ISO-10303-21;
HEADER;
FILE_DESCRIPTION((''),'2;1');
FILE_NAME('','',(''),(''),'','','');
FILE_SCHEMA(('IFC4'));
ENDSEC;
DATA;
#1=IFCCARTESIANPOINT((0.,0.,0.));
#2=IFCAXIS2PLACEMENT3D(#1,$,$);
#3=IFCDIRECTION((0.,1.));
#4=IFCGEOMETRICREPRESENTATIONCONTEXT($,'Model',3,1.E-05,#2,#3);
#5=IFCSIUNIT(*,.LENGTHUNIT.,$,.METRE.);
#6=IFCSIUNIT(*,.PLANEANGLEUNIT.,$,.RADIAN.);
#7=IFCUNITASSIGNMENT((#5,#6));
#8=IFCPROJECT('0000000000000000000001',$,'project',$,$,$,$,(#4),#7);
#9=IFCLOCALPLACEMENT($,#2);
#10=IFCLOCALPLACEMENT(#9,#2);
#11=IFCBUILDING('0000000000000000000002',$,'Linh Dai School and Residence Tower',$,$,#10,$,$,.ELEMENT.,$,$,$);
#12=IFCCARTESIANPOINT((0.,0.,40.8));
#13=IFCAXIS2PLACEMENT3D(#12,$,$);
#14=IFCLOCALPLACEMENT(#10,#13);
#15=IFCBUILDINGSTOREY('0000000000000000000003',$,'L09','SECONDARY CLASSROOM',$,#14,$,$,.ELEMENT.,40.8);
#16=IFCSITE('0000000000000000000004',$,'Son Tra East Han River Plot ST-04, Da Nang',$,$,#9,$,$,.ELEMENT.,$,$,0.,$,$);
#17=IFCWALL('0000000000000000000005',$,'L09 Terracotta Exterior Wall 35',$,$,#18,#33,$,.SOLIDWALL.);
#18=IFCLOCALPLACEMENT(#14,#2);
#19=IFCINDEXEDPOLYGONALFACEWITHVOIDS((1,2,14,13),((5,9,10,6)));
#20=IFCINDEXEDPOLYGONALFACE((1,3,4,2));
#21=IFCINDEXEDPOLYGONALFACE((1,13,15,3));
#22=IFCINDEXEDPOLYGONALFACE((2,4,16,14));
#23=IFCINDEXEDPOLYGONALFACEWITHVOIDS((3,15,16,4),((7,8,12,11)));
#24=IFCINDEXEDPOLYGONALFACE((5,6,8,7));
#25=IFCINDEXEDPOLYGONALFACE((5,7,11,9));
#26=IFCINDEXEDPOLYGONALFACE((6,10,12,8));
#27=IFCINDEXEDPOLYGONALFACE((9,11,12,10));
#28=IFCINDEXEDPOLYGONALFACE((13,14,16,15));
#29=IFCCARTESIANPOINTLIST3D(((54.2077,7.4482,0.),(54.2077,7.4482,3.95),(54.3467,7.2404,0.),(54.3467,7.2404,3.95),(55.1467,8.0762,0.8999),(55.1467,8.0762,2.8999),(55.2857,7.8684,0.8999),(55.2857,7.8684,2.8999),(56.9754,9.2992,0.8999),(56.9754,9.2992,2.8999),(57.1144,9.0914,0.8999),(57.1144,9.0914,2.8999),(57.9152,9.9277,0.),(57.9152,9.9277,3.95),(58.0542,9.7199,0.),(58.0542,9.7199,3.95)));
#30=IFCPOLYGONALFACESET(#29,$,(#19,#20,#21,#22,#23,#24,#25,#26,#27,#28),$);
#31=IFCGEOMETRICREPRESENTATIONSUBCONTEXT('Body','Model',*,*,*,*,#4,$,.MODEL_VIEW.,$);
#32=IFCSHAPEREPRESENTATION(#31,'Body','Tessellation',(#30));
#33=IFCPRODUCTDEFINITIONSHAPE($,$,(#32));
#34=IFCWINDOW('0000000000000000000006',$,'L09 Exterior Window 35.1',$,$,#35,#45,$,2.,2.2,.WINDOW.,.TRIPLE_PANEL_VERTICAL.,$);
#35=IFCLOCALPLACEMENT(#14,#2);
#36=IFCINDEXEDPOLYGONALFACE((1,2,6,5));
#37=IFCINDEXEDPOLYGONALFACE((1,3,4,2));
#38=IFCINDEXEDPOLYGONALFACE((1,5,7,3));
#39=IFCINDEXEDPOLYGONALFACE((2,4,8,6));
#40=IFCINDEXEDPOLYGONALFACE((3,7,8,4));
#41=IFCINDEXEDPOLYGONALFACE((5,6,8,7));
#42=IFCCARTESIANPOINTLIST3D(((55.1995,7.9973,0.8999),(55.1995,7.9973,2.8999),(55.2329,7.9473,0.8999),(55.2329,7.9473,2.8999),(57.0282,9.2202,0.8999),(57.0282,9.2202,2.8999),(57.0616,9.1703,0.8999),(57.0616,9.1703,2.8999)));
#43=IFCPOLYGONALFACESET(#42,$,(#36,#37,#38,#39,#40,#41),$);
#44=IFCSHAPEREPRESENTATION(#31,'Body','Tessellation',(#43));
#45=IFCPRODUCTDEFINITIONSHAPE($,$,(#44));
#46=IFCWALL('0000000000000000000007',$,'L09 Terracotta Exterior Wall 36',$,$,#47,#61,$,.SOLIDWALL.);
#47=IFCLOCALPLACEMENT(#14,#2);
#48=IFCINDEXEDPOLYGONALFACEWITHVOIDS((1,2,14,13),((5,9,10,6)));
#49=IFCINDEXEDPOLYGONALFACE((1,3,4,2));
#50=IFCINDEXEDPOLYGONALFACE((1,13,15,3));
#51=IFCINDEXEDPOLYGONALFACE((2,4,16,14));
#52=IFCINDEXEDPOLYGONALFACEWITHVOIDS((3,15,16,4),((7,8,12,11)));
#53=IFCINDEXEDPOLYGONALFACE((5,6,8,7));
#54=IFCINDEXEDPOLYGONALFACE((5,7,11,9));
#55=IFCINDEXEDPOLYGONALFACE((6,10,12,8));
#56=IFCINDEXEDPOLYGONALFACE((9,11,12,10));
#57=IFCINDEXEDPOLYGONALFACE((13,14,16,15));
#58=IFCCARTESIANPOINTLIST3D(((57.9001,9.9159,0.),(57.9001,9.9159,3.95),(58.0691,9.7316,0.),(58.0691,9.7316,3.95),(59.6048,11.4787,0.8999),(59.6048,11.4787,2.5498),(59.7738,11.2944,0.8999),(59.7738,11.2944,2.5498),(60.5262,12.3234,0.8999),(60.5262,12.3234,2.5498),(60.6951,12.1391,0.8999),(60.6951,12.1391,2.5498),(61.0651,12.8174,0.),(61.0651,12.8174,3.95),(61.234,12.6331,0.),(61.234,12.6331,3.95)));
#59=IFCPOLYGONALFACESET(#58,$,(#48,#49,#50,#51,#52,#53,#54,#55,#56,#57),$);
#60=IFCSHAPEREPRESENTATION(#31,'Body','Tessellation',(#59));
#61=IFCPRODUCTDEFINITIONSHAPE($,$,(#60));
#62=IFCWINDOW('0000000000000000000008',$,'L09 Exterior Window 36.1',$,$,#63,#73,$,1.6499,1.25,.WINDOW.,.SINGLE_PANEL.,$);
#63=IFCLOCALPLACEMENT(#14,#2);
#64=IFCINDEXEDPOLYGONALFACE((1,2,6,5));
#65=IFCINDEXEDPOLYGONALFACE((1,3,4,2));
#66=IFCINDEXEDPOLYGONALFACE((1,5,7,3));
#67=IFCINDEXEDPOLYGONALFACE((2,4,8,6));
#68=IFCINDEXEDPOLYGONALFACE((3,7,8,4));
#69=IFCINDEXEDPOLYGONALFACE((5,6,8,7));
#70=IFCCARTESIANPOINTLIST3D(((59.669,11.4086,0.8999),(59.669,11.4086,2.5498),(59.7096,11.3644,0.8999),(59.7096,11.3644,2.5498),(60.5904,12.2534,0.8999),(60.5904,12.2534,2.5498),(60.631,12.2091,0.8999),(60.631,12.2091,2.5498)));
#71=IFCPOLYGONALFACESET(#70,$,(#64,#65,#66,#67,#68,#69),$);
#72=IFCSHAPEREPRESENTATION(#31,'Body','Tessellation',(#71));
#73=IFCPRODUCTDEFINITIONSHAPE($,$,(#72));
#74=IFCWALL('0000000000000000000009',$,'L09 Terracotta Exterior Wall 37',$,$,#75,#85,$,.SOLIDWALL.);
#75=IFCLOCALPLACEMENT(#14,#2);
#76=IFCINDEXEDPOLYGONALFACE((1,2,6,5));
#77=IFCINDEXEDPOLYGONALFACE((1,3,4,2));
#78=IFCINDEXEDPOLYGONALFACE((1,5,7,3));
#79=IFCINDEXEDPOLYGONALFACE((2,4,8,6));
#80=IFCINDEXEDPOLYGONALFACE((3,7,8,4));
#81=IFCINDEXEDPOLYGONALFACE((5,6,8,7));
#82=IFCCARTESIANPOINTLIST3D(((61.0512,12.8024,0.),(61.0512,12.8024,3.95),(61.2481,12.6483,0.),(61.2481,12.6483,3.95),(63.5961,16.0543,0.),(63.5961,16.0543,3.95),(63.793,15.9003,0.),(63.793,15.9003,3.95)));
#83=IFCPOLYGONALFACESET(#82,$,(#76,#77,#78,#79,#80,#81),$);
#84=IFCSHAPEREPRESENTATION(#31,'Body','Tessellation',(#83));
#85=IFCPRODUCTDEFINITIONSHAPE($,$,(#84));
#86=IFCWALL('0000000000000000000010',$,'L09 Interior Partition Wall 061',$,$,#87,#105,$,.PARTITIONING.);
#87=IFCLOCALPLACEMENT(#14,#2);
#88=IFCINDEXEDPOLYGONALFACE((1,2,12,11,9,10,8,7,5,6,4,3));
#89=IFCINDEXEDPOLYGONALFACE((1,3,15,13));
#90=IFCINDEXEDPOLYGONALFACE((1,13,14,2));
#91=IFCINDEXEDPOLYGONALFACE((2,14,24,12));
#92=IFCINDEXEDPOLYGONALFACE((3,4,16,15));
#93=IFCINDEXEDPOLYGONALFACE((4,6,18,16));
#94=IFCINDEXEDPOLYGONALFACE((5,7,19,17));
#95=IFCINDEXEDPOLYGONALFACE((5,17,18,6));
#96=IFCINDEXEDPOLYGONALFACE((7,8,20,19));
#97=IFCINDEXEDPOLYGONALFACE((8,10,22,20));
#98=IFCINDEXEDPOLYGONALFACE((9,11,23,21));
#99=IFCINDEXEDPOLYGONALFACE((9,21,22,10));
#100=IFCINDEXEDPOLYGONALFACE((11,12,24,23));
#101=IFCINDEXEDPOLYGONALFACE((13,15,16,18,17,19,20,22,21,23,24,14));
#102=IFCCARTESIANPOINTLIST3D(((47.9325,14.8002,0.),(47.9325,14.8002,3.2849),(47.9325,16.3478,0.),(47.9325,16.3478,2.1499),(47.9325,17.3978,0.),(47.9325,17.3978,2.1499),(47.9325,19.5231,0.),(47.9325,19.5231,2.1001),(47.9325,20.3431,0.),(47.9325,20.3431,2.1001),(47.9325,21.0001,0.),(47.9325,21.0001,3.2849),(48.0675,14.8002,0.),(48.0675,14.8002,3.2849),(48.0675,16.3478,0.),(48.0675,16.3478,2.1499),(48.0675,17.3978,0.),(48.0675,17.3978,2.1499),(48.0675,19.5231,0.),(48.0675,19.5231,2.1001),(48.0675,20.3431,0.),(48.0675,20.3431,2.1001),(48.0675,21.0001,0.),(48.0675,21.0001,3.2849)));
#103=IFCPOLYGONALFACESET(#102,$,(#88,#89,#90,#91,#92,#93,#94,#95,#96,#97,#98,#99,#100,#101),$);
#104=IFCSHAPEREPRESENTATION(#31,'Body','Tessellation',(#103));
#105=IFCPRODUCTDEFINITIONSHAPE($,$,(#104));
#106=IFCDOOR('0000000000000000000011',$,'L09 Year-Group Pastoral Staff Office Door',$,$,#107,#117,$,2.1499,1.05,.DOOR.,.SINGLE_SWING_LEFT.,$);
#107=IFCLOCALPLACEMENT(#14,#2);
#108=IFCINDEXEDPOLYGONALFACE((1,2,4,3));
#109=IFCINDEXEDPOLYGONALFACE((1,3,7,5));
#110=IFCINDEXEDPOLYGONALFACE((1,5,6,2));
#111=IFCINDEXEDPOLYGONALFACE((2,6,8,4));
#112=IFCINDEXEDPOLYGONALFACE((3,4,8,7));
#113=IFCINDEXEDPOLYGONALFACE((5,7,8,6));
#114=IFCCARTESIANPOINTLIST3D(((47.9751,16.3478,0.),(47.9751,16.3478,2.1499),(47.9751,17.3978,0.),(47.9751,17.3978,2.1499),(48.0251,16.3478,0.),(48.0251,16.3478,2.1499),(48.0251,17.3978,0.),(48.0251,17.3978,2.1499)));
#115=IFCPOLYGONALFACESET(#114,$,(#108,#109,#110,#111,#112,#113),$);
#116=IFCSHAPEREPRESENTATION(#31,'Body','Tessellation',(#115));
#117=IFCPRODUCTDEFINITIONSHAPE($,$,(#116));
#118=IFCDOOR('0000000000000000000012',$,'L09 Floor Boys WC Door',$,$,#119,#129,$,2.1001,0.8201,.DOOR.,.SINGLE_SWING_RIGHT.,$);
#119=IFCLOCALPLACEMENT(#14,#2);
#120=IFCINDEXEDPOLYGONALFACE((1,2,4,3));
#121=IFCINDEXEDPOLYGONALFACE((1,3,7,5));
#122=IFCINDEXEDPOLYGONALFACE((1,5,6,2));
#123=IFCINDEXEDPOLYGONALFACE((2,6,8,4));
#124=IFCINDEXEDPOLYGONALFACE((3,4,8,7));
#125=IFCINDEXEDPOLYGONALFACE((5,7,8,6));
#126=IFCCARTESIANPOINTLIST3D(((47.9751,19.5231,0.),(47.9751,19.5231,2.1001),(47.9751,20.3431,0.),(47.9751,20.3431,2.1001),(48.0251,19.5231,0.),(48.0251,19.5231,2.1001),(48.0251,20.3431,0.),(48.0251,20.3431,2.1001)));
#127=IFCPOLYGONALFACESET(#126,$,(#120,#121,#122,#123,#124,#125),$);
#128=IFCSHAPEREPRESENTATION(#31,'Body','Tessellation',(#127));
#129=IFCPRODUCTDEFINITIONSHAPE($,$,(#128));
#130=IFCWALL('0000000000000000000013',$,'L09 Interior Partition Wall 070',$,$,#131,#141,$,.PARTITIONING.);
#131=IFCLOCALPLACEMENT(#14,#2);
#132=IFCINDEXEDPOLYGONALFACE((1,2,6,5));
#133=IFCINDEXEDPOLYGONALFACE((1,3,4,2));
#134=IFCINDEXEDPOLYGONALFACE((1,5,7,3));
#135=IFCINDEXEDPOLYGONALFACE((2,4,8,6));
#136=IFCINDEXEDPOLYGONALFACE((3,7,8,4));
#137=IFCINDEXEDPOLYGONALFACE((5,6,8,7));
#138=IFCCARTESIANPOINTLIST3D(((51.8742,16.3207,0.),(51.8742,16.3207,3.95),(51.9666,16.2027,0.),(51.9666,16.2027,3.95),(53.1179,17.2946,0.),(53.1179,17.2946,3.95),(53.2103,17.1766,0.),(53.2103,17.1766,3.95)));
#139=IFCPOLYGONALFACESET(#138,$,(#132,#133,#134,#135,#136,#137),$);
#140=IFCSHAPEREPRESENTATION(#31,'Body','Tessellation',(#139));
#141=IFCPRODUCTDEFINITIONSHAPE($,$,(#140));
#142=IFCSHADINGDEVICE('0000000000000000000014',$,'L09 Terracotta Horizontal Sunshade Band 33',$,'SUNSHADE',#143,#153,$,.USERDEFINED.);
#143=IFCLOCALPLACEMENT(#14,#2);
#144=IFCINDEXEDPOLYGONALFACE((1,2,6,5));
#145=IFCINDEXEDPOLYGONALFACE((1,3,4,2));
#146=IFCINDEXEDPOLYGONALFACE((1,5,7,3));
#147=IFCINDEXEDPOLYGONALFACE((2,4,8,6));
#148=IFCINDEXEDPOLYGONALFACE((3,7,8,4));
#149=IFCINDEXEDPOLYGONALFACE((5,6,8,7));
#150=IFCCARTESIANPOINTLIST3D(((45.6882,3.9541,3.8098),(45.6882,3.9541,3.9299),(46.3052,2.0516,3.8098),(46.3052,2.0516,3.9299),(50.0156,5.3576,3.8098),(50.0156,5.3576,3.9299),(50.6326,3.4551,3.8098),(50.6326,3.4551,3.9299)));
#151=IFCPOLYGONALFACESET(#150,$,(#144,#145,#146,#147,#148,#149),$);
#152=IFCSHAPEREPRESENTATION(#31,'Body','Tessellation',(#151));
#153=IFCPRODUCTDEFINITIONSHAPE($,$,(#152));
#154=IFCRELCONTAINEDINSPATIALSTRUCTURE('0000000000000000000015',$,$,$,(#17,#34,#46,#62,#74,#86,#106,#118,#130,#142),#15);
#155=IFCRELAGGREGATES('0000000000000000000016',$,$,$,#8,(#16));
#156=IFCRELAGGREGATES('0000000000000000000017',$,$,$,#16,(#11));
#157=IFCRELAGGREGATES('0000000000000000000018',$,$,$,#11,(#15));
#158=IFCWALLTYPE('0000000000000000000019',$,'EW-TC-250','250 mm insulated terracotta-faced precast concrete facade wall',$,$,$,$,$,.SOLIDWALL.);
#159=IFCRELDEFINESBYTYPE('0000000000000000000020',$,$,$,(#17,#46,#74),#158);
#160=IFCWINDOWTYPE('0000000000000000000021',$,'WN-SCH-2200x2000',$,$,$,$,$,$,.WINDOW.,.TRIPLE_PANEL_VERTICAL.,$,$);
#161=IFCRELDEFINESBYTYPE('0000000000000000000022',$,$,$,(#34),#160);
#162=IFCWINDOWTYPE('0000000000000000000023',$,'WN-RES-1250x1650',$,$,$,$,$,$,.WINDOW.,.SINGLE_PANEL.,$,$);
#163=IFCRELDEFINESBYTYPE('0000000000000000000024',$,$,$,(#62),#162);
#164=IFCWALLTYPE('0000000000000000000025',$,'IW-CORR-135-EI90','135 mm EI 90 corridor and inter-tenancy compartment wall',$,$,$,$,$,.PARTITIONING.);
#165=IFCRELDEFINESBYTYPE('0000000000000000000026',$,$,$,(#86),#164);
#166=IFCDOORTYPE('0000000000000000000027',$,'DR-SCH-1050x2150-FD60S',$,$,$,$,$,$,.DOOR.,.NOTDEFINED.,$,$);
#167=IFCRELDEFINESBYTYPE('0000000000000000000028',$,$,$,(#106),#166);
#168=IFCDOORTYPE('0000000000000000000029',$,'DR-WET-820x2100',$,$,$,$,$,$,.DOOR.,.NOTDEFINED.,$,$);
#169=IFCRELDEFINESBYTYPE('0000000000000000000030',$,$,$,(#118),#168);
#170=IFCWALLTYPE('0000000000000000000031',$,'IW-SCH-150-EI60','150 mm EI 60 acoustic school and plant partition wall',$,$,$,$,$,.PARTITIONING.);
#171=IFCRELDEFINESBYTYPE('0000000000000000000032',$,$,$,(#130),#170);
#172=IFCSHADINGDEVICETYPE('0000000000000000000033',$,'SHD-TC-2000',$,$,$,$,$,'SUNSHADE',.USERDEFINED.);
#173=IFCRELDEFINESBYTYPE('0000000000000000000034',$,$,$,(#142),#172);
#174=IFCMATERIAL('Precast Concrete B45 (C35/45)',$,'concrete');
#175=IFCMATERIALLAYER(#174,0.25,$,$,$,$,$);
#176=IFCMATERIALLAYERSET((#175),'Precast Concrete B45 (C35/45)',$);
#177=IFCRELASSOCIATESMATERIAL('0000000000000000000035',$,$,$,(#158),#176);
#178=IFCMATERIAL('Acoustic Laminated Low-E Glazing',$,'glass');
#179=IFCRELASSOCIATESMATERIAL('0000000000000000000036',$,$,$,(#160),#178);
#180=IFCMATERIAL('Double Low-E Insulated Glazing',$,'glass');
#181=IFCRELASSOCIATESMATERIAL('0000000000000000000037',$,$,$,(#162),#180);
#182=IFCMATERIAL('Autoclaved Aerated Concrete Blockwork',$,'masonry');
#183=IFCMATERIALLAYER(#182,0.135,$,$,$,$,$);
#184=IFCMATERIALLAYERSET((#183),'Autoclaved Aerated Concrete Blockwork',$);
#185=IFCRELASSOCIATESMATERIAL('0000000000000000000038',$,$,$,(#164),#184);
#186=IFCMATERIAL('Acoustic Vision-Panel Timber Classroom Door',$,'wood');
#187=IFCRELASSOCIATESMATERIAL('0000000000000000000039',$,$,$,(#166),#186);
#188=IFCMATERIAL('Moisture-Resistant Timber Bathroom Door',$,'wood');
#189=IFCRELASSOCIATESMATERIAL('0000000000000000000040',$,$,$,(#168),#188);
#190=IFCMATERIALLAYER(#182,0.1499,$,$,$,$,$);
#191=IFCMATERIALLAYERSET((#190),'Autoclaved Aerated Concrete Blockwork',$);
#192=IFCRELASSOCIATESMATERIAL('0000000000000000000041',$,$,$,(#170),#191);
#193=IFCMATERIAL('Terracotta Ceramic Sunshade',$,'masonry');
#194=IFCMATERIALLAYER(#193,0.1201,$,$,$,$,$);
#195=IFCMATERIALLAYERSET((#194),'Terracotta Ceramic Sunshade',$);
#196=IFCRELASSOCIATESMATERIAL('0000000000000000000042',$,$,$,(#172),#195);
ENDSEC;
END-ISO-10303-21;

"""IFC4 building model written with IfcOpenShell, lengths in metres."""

from ifc_helpers import new_model, si_unit, direction, frame, frame_2d, origin, origin_2d, place, context, subcontext, project, spatial, rectangle, extrude, source, transform, mapped, material, layer, layer_set, type_object, element, fill, save


model = new_model("IFC4")

# Units and contexts
model_context = context("Model", 3, precision=1e-05, world=origin(), true_north=direction((0.0, 1.0)))
body_context = subcontext(model_context, "Body", "Model", "MODEL_VIEW")
ifc_project = project(units=[si_unit("LENGTHUNIT", "METRE"), si_unit("PLANEANGLEUNIT", "RADIAN")], contexts=[model_context])

# Site, building, storey
site_placement = place(None, origin())
site = spatial("IfcSite", under=ifc_project, at=site_placement, Name="Son Tra East Han River Plot ST-04, Da Nang", CompositionType="ELEMENT", RefElevation=0.0)
building_placement = place(site_placement, origin())
building = spatial("IfcBuilding", under=site, at=building_placement, Name="Linh Dai School and Residence Tower", CompositionType="ELEMENT")
storey_placement = place(building_placement, frame((0.0, 0.0, 40.8)))
storey = spatial("IfcBuildingStorey", under=building, at=storey_placement, Name="L09", Description="SECONDARY CLASSROOM", CompositionType="ELEMENT", Elevation=40.8)

# Shared definitions
ifc_material_1 = material(Name="Precast Concrete B45 (C35/45)", Category="concrete")

# Shared definitions
ifc_material_2 = material(Name="Double Low-E Insulated Glazing", Category="glass")

# Walls, openings, windows
ifc_layer_1 = layer(ifc_material_1, 0.25)
ifc_layer_set_1 = layer_set([ifc_layer_1], Name="Precast Concrete B45 (C35/45)")
wall_type_1 = type_object("IfcWallType", Name="EW-TC-250", Description="250 mm insulated terracotta-faced precast concrete facade wall", PredefinedType="SOLIDWALL", material=ifc_layer_set_1)
ifc_material_3 = material(Name="Acoustic Laminated Low-E Glazing", Category="glass")
window_type_1 = type_object("IfcWindowType", Name="WN-SCH-2200x2000", PartitioningType="TRIPLE_PANEL_VERTICAL", PredefinedType="WINDOW", material=ifc_material_3)
shared_shape_1 = source(origin(), body_context, "Body", "SweptSolid", [
    extrude(rectangle(XDim=2.2, YDim=2.0, at=origin_2d()), frame((1.1001, 0.03, 1.0), z_axis=(0.0, -1.0, 0.0), x_axis=(1.0, 0.0, 0.0)), (0.0, 0.0, 1.0), 0.0601),
])
wall_1_placement = place(storey_placement, frame((57.9846, 9.8237, 0.0), z_axis=(0.0, 0.0, 1.0), x_axis=(-0.831241, -0.555912, 0.0)))
wall_1 = element("IfcWall", 1, at=wall_1_placement, inside=storey, type_object=wall_type_1, Name="L09 Terracotta Exterior Wall 35", PredefinedType="SOLIDWALL", context=body_context, shape_type="SweptSolid", body=[
    extrude(rectangle(XDim=4.4602, YDim=0.25, at=frame_2d((2.23, 0.0))), origin(), (0.0, 0.0, 1.0), 3.95),
])
opening_1_placement = place(wall_1_placement, frame((1.1304, 0.0, 0.8999)))
opening_1 = element("IfcOpeningElement", 2, at=opening_1_placement, cuts=wall_1, PredefinedType="OPENING", context=body_context, shape_type="SweptSolid", body=[
    extrude(rectangle(XDim=2.2, YDim=2.0, at=origin_2d()), frame((1.1001, 0.135, 1.0), z_axis=(0.0, -1.0, 0.0), x_axis=(1.0, 0.0, 0.0)), (0.0, 0.0, 1.0), 0.27),
])
window_1_placement = place(opening_1_placement, origin())
window_1 = element("IfcWindow", 3, at=window_1_placement, inside=storey, type_object=window_type_1, Name="L09 Exterior Window 35.1", OverallHeight=2.0, OverallWidth=2.2, PartitioningType="TRIPLE_PANEL_VERTICAL", PredefinedType="WINDOW", context=body_context, shape_type="MappedRepresentation", body=[
    mapped(shared_shape_1, transform((0.0, 0.0, 0.0), x_axis=(1.0, 0.0, 0.0), y_axis=(0.0, 1.0, 0.0), z_axis=(0.0, 0.0, 1.0), scale=1.0)),
])
fill(opening_1, window_1)
wall_2_placement = place(storey_placement, frame((61.1497, 12.7253, 0.0), z_axis=(0.0, 0.0, 1.0), x_axis=(-0.737116, -0.675766, 0.0)))
wall_2 = element("IfcWall", 4, at=wall_2_placement, inside=storey, type_object=wall_type_1, Name="L09 Terracotta Exterior Wall 36", PredefinedType="SOLIDWALL", context=body_context, shape_type="SweptSolid", body=[
    extrude(rectangle(XDim=4.2937, YDim=0.25, at=frame_2d((2.147, 0.0))), origin(), (0.0, 0.0, 1.0), 3.95),
])
opening_2_placement = place(wall_2_placement, frame((0.7312, 0.0, 0.8999)))
opening_2 = element("IfcOpeningElement", 5, at=opening_2_placement, cuts=wall_2, PredefinedType="OPENING", context=body_context, shape_type="SweptSolid", body=[
    extrude(rectangle(XDim=1.25, YDim=1.6499, at=origin_2d()), frame((0.625, 0.135, 0.825), z_axis=(0.0, -1.0, 0.0), x_axis=(1.0, 0.0, 0.0)), (0.0, 0.0, 1.0), 0.27),
])
window_type_2 = type_object("IfcWindowType", Name="WN-RES-1250x1650", PartitioningType="SINGLE_PANEL", PredefinedType="WINDOW", material=ifc_material_2)
shared_shape_2 = source(origin(), body_context, "Body", "SweptSolid", [
    extrude(rectangle(XDim=1.25, YDim=1.6499, at=origin_2d()), frame((0.625, 0.03, 0.825), z_axis=(0.0, -1.0, 0.0), x_axis=(1.0, 0.0, 0.0)), (0.0, 0.0, 1.0), 0.0601),
])
window_2_placement = place(opening_2_placement, origin())
window_2 = element("IfcWindow", 6, at=window_2_placement, inside=storey, type_object=window_type_2, Name="L09 Exterior Window 36.1", OverallHeight=1.6499, OverallWidth=1.25, PartitioningType="SINGLE_PANEL", PredefinedType="WINDOW", context=body_context, shape_type="MappedRepresentation", body=[
    mapped(shared_shape_2, transform((0.0, 0.0, 0.0), x_axis=(1.0, 0.0, 0.0), y_axis=(0.0, 1.0, 0.0), z_axis=(0.0, 0.0, 1.0), scale=1.0)),
])
fill(opening_2, window_2)

# Wall
wall_3_placement = place(storey_placement, frame((63.6946, 15.9773, 0.0), z_axis=(0.0, 0.0, 1.0), x_axis=(-0.616296, -0.787515, 0.0)))
element("IfcWall", 7, at=wall_3_placement, inside=storey, type_object=wall_type_1, Name="L09 Terracotta Exterior Wall 37", PredefinedType="SOLIDWALL", context=body_context, shape_type="SweptSolid", body=[
    extrude(rectangle(XDim=4.1294, YDim=0.25, at=frame_2d((2.0647, 0.0))), origin(), (0.0, 0.0, 1.0), 3.95),
])

# Wall, openings, doors
ifc_material_4 = material(Name="Autoclaved Aerated Concrete Blockwork", Category="masonry")
ifc_layer_2 = layer(ifc_material_4, 0.135)
ifc_layer_set_2 = layer_set([ifc_layer_2], Name="Autoclaved Aerated Concrete Blockwork")
wall_type_2 = type_object("IfcWallType", Name="IW-CORR-135-EI90", Description="135 mm EI 90 corridor and inter-tenancy compartment wall", PredefinedType="PARTITIONING", material=ifc_layer_set_2)
wall_4_placement = place(storey_placement, frame((48.0, 14.8, 0.0), z_axis=(0.0, 0.0, 1.0), x_axis=(0.0, 1.0, 0.0)))
wall_4 = element("IfcWall", 8, at=wall_4_placement, inside=storey, type_object=wall_type_2, Name="L09 Interior Partition Wall 061", PredefinedType="PARTITIONING", context=body_context, shape_type="SweptSolid", body=[
    extrude(rectangle(XDim=6.2, YDim=0.135, at=frame_2d((3.1001, 0.0))), origin(), (0.0, 0.0, 1.0), 3.2849),
])
opening_3_placement = place(wall_4_placement, frame((1.5479, 0.0, 0.0)))
opening_3 = element("IfcOpeningElement", 9, at=opening_3_placement, cuts=wall_4, PredefinedType="OPENING", context=body_context, shape_type="SweptSolid", body=[
    extrude(rectangle(XDim=1.05, YDim=2.1499, at=origin_2d()), frame((0.5249, 0.0776, 1.075), z_axis=(0.0, -1.0, 0.0), x_axis=(1.0, 0.0, 0.0)), (0.0, 0.0, 1.0), 0.155),
])
opening_4_placement = place(wall_4_placement, frame((4.7229, 0.0, 0.0)))
opening_4 = element("IfcOpeningElement", 10, at=opening_4_placement, cuts=wall_4, PredefinedType="OPENING", context=body_context, shape_type="SweptSolid", body=[
    extrude(rectangle(XDim=0.8201, YDim=2.1001, at=origin_2d()), frame((0.4102, 0.0776, 1.05), z_axis=(0.0, -1.0, 0.0), x_axis=(1.0, 0.0, 0.0)), (0.0, 0.0, 1.0), 0.155),
])
ifc_material_5 = material(Name="Acoustic Vision-Panel Timber Classroom Door", Category="wood")
door_type_1 = type_object("IfcDoorType", Name="DR-SCH-1050x2150-FD60S", OperationType="NOTDEFINED", PredefinedType="DOOR", material=ifc_material_5)
shared_shape_3 = source(origin(), body_context, "Body", "SweptSolid", [
    extrude(rectangle(XDim=1.05, YDim=2.1499, at=origin_2d()), frame((0.5249, 0.0249, 1.075), z_axis=(0.0, -1.0, 0.0), x_axis=(1.0, 0.0, 0.0)), (0.0, 0.0, 1.0), 0.05),
])
door_1_placement = place(opening_3_placement, origin())
door_1 = element("IfcDoor", 11, at=door_1_placement, inside=storey, type_object=door_type_1, Name="L09 Year-Group Pastoral Staff Office Door", OperationType="SINGLE_SWING_LEFT", OverallHeight=2.1499, OverallWidth=1.05, PredefinedType="DOOR", context=body_context, shape_type="MappedRepresentation", body=[
    mapped(shared_shape_3, transform((0.0, 0.0, 0.0), x_axis=(1.0, 0.0, 0.0), y_axis=(0.0, 1.0, 0.0), z_axis=(0.0, 0.0, 1.0), scale=1.0)),
])
fill(opening_3, door_1)
ifc_material_6 = material(Name="Moisture-Resistant Timber Bathroom Door", Category="wood")
door_type_2 = type_object("IfcDoorType", Name="DR-WET-820x2100", OperationType="NOTDEFINED", PredefinedType="DOOR", material=ifc_material_6)
shared_shape_4 = source(origin(), body_context, "Body", "SweptSolid", [
    extrude(rectangle(XDim=0.8201, YDim=2.1001, at=origin_2d()), frame((0.4102, 0.0249, 1.05), z_axis=(0.0, -1.0, 0.0), x_axis=(1.0, 0.0, 0.0)), (0.0, 0.0, 1.0), 0.05),
])
door_2_placement = place(opening_4_placement, origin())
door_2 = element("IfcDoor", 12, at=door_2_placement, inside=storey, type_object=door_type_2, Name="L09 Floor Boys WC Door", OperationType="SINGLE_SWING_RIGHT", OverallHeight=2.1001, OverallWidth=0.8201, PredefinedType="DOOR", context=body_context, shape_type="MappedRepresentation", body=[
    mapped(shared_shape_4, transform((0.0, 0.0, 0.0), x_axis=(1.0, 0.0, 0.0), y_axis=(0.0, 1.0, 0.0), z_axis=(0.0, 0.0, 1.0), scale=1.0)),
])
fill(opening_4, door_2)

# Wall
ifc_layer_3 = layer(ifc_material_4, 0.1499)
ifc_layer_set_3 = layer_set([ifc_layer_3], Name="Autoclaved Aerated Concrete Blockwork")
wall_type_3 = type_object("IfcWallType", Name="IW-SCH-150-EI60", Description="150 mm EI 60 acoustic school and plant partition wall", PredefinedType="PARTITIONING", material=ifc_layer_set_3)
wall_5_placement = place(storey_placement, frame((51.9204, 16.2617, 0.0), z_axis=(0.0, 0.0, 1.0), x_axis=(0.787326, 0.616537, 0.0)))
element("IfcWall", 13, at=wall_5_placement, inside=storey, type_object=wall_type_3, Name="L09 Interior Partition Wall 070", PredefinedType="PARTITIONING", context=body_context, shape_type="SweptSolid", body=[
    extrude(rectangle(XDim=1.5796, YDim=0.1499, at=frame_2d((0.7898, 0.0))), origin(), (0.0, 0.0, 1.0), 3.95),
])

# Shading device
ifc_material_7 = material(Name="Terracotta Ceramic Sunshade", Category="masonry")
ifc_layer_4 = layer(ifc_material_7, 0.1201)
ifc_layer_set_4 = layer_set([ifc_layer_4], Name="Terracotta Ceramic Sunshade")
shading_device_type = type_object("IfcShadingDeviceType", Name="SHD-TC-2000", ElementType="SUNSHADE", PredefinedType="USERDEFINED", material=ifc_layer_set_4)
shared_shape_5 = source(origin(), body_context, "Body", "SweptSolid", [
    extrude(rectangle(XDim=4.5493, YDim=2.0, at=origin_2d()), origin(), (0.0, 0.0, 1.0), 0.1201),
])
shading_device_1_placement = place(storey_placement, frame((48.1604, 3.7046, 3.8098), z_axis=(0.0, 0.0, 1.0), x_axis=(-0.951221, -0.308511, 0.0)))
element("IfcShadingDevice", 14, at=shading_device_1_placement, inside=storey, type_object=shading_device_type, Name="L09 Terracotta Horizontal Sunshade Band 33", ObjectType="SUNSHADE", PredefinedType="USERDEFINED", context=body_context, shape_type="MappedRepresentation", body=[
    mapped(shared_shape_5, transform((0.0, 0.0, 0.0), x_axis=(1.0, 0.0, 0.0), y_axis=(0.0, 1.0, 0.0), z_axis=(0.0, 0.0, 1.0), scale=1.0)),
])

save(model, "model.ifc")
